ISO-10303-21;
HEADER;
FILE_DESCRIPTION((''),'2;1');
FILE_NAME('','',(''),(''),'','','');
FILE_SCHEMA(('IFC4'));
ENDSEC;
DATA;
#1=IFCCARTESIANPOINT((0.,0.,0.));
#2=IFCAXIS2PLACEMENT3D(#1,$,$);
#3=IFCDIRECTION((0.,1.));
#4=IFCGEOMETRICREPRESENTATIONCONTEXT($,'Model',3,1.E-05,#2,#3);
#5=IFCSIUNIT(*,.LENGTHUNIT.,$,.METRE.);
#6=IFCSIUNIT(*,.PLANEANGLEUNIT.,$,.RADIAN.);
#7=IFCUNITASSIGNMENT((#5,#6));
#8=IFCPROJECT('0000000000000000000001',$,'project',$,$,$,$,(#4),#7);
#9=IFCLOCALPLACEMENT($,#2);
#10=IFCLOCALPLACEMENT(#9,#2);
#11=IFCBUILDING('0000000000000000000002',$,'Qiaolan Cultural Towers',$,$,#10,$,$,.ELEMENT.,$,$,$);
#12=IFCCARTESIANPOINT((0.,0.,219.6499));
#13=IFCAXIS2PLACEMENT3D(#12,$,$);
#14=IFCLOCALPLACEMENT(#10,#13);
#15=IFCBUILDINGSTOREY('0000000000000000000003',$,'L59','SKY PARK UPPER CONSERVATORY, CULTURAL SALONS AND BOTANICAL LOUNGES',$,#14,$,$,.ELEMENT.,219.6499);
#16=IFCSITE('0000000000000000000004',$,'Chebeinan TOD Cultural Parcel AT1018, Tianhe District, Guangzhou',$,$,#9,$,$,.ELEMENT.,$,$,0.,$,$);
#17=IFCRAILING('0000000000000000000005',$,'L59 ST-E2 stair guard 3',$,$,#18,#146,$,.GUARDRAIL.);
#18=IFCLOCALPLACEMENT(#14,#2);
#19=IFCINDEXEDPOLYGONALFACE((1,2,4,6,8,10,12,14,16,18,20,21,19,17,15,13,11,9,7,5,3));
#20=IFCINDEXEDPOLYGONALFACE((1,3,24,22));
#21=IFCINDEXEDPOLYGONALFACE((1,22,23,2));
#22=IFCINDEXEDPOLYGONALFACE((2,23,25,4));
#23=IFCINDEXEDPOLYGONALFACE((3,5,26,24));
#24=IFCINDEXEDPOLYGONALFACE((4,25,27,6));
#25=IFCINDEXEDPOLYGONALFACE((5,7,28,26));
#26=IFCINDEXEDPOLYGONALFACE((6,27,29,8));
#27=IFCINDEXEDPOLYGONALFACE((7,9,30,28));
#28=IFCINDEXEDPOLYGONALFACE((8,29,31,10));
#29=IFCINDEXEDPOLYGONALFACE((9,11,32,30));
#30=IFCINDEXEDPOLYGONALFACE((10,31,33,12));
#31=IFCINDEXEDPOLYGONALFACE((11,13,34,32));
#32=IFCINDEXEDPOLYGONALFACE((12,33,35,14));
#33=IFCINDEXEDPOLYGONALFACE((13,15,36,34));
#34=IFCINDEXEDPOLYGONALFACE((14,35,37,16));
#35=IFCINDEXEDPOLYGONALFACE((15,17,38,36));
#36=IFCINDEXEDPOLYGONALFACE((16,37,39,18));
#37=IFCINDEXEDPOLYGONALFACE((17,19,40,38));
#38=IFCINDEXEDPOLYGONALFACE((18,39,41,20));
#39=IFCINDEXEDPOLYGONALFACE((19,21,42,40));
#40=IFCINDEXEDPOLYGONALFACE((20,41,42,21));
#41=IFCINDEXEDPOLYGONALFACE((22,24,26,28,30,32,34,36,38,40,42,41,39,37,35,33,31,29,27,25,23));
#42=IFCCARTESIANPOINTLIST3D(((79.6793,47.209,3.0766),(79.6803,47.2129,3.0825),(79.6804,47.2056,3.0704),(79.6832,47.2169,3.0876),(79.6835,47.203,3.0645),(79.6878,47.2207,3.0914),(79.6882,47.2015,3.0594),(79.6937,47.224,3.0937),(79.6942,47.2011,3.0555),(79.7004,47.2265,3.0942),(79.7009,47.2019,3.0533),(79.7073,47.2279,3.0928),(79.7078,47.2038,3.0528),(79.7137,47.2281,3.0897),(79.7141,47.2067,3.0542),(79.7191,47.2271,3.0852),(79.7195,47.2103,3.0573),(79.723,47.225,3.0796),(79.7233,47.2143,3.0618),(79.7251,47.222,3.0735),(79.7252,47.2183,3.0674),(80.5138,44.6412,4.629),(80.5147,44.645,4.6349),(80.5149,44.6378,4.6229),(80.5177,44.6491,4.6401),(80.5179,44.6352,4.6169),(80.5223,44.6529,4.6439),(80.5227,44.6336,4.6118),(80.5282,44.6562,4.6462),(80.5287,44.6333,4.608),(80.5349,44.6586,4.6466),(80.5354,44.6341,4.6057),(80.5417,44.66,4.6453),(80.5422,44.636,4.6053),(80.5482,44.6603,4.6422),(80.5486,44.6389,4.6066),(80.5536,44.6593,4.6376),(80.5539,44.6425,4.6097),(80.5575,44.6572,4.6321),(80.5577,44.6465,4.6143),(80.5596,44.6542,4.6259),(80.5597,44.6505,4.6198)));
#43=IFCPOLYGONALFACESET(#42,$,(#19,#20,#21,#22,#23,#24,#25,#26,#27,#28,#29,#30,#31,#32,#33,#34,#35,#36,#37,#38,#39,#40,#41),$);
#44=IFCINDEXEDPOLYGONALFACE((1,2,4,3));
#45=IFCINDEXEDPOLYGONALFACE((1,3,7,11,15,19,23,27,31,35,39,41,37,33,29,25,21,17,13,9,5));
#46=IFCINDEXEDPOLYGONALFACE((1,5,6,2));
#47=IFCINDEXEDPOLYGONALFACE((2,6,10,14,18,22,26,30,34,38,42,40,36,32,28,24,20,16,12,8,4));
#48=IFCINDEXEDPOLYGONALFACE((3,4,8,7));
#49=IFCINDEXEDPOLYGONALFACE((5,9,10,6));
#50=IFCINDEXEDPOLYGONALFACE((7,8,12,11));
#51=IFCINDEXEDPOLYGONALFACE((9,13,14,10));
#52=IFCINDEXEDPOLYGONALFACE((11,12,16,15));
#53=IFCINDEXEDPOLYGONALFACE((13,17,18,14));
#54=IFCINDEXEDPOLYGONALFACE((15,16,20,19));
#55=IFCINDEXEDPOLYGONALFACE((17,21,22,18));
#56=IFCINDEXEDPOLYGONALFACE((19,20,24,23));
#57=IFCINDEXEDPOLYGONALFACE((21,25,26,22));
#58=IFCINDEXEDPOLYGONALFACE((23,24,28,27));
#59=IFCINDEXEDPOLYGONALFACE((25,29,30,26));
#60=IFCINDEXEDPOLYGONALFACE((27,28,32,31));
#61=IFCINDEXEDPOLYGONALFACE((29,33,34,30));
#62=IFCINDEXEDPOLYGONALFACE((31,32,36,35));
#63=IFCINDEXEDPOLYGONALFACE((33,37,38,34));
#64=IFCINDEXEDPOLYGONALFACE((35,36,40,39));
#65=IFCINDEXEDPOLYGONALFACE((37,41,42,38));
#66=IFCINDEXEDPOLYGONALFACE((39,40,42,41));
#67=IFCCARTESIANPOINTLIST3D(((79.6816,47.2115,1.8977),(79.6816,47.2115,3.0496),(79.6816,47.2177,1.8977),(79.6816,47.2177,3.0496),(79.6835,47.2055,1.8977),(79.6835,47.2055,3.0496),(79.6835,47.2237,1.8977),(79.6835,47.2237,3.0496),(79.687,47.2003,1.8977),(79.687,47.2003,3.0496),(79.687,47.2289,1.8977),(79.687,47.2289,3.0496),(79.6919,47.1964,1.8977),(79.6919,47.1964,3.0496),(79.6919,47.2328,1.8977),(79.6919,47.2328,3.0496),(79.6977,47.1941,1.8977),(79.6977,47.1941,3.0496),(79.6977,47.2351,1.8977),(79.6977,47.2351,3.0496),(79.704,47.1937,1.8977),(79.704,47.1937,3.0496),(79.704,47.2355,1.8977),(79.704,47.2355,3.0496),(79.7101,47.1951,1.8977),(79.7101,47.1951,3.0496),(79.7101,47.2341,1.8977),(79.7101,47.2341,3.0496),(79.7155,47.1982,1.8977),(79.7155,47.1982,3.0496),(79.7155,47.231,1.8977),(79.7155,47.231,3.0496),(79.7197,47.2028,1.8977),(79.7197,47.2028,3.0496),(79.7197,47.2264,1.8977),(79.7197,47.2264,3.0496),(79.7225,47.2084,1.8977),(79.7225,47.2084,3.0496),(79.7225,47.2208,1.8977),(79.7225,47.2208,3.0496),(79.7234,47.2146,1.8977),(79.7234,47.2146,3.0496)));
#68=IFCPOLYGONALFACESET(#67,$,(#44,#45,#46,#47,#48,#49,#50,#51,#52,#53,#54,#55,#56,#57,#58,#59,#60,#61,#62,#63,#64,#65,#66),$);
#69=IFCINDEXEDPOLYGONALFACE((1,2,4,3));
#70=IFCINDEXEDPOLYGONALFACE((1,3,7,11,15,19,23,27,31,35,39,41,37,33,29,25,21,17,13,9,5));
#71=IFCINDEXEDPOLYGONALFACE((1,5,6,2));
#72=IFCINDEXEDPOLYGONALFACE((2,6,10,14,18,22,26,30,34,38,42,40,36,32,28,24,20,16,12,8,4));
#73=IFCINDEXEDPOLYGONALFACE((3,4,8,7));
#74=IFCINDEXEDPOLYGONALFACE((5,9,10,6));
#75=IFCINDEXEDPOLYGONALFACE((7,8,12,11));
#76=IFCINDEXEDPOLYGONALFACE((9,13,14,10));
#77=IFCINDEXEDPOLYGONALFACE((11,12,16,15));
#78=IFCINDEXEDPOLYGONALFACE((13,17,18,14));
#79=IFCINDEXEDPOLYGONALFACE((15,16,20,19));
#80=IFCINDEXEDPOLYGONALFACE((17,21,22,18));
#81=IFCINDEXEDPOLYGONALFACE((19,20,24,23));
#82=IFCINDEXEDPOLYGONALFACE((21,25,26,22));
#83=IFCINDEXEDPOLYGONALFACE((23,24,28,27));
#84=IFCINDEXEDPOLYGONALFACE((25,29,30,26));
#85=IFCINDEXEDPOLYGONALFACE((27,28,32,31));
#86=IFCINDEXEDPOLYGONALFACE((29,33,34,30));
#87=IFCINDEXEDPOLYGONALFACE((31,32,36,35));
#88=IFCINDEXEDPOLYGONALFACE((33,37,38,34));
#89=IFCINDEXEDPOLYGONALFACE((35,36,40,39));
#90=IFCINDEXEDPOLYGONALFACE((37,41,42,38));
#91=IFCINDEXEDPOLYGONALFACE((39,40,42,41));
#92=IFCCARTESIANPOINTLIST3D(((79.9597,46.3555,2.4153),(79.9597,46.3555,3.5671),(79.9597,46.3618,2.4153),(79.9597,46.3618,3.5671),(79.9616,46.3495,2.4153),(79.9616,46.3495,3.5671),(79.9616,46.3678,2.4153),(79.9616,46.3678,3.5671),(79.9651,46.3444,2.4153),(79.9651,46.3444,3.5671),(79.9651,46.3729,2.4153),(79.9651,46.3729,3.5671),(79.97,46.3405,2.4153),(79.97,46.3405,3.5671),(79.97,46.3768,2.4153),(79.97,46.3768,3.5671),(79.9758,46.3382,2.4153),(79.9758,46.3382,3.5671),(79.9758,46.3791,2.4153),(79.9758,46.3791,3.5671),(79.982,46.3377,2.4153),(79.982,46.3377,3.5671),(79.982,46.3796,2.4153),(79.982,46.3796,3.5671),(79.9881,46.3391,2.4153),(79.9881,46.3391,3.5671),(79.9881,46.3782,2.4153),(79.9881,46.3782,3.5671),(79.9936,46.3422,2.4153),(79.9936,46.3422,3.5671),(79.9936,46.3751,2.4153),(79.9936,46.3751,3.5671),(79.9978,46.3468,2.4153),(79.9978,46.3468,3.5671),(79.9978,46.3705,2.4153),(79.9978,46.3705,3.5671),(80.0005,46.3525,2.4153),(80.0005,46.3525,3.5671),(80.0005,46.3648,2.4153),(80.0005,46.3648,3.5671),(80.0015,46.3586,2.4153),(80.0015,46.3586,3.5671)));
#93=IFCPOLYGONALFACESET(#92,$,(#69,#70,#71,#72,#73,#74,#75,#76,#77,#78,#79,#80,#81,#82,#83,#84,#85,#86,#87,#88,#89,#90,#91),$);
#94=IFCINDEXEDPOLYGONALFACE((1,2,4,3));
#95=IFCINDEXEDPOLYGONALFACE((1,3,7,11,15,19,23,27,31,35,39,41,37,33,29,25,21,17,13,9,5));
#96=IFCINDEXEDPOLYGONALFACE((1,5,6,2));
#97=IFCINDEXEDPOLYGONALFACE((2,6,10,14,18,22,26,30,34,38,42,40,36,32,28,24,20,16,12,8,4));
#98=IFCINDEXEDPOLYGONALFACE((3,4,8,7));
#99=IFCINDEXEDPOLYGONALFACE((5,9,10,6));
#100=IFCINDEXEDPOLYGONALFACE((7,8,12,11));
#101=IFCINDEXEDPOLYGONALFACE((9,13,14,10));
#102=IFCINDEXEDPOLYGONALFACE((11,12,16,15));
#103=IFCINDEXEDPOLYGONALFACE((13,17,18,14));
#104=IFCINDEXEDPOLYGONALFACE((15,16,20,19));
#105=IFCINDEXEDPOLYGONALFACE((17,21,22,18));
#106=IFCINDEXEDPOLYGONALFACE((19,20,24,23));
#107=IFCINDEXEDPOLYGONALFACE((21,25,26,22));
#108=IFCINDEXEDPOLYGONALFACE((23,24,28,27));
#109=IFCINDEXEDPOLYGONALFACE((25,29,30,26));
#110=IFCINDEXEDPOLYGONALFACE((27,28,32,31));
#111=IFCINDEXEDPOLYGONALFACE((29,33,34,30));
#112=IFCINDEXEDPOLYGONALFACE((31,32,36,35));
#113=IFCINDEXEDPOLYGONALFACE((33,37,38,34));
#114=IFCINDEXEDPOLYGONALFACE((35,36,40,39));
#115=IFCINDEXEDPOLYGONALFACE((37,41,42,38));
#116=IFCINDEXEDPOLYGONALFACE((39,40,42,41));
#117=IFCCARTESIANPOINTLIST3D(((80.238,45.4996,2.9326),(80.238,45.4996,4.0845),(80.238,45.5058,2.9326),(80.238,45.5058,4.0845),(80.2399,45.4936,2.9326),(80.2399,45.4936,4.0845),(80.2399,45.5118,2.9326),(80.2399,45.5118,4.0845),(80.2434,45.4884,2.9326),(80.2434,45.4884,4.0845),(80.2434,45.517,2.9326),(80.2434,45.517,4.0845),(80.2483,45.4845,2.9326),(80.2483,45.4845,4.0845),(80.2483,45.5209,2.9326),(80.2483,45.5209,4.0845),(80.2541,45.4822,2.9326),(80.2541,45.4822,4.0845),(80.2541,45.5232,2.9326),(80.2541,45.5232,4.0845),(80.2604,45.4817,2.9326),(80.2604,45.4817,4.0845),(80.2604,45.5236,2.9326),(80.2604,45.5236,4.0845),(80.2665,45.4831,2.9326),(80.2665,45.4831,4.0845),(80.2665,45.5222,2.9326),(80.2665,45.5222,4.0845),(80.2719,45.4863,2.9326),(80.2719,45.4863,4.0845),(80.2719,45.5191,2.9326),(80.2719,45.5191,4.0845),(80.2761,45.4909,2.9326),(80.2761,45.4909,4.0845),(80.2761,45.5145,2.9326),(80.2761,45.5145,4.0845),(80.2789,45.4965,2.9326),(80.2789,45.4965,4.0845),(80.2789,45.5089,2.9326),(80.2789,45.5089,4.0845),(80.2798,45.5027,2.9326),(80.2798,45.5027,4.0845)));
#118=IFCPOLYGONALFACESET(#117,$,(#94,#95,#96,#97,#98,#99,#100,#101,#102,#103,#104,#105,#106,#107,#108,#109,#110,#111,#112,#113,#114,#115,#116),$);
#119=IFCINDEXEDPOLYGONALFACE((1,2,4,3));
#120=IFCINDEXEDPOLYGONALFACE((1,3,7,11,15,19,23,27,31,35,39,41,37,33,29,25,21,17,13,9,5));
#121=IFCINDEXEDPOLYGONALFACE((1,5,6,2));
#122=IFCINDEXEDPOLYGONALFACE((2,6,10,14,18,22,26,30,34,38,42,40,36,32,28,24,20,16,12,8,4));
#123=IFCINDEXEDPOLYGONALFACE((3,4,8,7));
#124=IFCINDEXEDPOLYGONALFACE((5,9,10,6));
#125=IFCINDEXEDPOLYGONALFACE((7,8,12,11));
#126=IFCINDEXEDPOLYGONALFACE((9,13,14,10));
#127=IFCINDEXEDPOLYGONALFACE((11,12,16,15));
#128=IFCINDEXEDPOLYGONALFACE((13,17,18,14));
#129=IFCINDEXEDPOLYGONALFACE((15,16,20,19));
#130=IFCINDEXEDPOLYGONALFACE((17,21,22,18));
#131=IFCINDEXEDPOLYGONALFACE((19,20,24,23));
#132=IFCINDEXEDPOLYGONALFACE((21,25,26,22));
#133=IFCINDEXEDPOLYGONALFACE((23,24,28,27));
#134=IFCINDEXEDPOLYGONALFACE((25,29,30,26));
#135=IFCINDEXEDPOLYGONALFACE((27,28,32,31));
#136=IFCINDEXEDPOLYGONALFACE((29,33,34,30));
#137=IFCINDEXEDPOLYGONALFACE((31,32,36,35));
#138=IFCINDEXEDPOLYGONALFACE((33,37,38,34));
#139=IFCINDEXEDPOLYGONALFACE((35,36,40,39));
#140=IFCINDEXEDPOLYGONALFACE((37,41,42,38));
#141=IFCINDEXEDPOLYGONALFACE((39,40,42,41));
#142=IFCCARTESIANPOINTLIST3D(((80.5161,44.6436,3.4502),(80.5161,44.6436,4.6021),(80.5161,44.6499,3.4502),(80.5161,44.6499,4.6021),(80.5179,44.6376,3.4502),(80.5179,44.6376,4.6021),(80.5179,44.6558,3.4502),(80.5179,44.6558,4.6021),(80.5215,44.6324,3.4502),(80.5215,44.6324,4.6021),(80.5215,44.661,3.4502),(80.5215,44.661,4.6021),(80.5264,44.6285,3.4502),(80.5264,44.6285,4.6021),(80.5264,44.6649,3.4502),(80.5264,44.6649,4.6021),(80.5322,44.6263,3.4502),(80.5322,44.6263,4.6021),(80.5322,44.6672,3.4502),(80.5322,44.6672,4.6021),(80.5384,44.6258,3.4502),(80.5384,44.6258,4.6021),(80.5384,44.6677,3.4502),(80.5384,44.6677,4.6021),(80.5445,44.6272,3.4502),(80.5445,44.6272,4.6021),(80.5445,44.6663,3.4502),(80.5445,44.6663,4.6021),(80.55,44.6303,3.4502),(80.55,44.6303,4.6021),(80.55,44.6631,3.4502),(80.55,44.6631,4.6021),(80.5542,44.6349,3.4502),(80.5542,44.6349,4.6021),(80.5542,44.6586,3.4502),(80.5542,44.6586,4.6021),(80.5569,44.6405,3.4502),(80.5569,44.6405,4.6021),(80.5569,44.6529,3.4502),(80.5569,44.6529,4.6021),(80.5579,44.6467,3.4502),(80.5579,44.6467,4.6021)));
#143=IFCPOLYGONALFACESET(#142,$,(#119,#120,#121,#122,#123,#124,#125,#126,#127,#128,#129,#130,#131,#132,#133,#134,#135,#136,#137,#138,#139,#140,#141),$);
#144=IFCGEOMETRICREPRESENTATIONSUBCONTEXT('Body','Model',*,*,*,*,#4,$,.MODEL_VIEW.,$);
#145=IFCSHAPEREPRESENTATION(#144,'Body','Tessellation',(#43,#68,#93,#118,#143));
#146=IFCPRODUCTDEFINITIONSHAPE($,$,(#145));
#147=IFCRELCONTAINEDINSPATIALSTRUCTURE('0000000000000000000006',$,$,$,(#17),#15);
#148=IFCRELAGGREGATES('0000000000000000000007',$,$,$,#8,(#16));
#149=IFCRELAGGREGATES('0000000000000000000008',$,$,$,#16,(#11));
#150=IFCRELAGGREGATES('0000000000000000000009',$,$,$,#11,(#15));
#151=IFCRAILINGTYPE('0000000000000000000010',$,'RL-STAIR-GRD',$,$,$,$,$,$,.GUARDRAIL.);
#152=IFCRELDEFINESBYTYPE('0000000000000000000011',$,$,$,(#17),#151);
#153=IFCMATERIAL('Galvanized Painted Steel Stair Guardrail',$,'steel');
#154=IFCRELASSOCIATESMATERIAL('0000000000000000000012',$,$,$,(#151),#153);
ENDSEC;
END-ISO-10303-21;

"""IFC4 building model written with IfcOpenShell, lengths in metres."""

from ifc_helpers import new_model, si_unit, direction, frame, origin, origin_2d, place, context, subcontext, project, spatial, circle, extrude, material, type_object, element, save


model = new_model("IFC4")

# Units and contexts
model_context = context("Model", 3, precision=1e-05, world=origin(), true_north=direction((0.0, 1.0)))
body_context = subcontext(model_context, "Body", "Model", "MODEL_VIEW")
ifc_project = project(units=[si_unit("LENGTHUNIT", "METRE"), si_unit("PLANEANGLEUNIT", "RADIAN")], contexts=[model_context])

# Site, building, storey
site_placement = place(None, origin())
site = spatial("IfcSite", under=ifc_project, at=site_placement, Name="Chebeinan TOD Cultural Parcel AT1018, Tianhe District, Guangzhou", CompositionType="ELEMENT", RefElevation=0.0)
building_placement = place(site_placement, origin())
building = spatial("IfcBuilding", under=site, at=building_placement, Name="Qiaolan Cultural Towers", CompositionType="ELEMENT")
storey_placement = place(building_placement, frame((0.0, 0.0, 219.6499)))
storey = spatial("IfcBuildingStorey", under=building, at=storey_placement, Name="L59", Description="SKY PARK UPPER CONSERVATORY, CULTURAL SALONS AND BOTANICAL LOUNGES", CompositionType="ELEMENT", Elevation=219.6499)

# Railing
ifc_material_1 = material(Name="Galvanized Painted Steel Stair Guardrail", Category="steel")
railing_type_1 = type_object("IfcRailingType", Name="RL-STAIR-GRD", PredefinedType="GUARDRAIL", material=ifc_material_1)
railing_1_placement = place(storey_placement, frame((79.7024, 47.2146, 1.8977)))
element("IfcRailing", 1, at=railing_1_placement, inside=storey, type_object=railing_type_1, Name="L59 ST-E2 stair guard 3", PredefinedType="GUARDRAIL", context=body_context, shape_type="SweptSolid", body=[
    extrude(circle(Radius=0.0239, at=origin_2d()), frame((0.0, 0.0, 1.1758), z_axis=(0.267926, -0.824471, 0.498461), x_axis=(0.951043, 0.309057, 0.0)), (0.0, 0.0, 1.0), 3.1145),
    extrude(circle(Radius=0.021, at=origin_2d()), origin(), (0.0, 0.0, 1.0), 1.1519),
    extrude(circle(Radius=0.021, at=origin_2d()), frame((0.2781, -0.856, 0.5176)), (0.0, 0.0, 1.0), 1.1519),
    extrude(circle(Radius=0.021, at=origin_2d()), frame((0.5564, -1.7119, 1.0349)), (0.0, 0.0, 1.0), 1.1519),
    extrude(circle(Radius=0.021, at=origin_2d()), frame((0.8345, -2.5679, 1.5525)), (0.0, 0.0, 1.0), 1.1519),
])

save(model, "model.ifc")
